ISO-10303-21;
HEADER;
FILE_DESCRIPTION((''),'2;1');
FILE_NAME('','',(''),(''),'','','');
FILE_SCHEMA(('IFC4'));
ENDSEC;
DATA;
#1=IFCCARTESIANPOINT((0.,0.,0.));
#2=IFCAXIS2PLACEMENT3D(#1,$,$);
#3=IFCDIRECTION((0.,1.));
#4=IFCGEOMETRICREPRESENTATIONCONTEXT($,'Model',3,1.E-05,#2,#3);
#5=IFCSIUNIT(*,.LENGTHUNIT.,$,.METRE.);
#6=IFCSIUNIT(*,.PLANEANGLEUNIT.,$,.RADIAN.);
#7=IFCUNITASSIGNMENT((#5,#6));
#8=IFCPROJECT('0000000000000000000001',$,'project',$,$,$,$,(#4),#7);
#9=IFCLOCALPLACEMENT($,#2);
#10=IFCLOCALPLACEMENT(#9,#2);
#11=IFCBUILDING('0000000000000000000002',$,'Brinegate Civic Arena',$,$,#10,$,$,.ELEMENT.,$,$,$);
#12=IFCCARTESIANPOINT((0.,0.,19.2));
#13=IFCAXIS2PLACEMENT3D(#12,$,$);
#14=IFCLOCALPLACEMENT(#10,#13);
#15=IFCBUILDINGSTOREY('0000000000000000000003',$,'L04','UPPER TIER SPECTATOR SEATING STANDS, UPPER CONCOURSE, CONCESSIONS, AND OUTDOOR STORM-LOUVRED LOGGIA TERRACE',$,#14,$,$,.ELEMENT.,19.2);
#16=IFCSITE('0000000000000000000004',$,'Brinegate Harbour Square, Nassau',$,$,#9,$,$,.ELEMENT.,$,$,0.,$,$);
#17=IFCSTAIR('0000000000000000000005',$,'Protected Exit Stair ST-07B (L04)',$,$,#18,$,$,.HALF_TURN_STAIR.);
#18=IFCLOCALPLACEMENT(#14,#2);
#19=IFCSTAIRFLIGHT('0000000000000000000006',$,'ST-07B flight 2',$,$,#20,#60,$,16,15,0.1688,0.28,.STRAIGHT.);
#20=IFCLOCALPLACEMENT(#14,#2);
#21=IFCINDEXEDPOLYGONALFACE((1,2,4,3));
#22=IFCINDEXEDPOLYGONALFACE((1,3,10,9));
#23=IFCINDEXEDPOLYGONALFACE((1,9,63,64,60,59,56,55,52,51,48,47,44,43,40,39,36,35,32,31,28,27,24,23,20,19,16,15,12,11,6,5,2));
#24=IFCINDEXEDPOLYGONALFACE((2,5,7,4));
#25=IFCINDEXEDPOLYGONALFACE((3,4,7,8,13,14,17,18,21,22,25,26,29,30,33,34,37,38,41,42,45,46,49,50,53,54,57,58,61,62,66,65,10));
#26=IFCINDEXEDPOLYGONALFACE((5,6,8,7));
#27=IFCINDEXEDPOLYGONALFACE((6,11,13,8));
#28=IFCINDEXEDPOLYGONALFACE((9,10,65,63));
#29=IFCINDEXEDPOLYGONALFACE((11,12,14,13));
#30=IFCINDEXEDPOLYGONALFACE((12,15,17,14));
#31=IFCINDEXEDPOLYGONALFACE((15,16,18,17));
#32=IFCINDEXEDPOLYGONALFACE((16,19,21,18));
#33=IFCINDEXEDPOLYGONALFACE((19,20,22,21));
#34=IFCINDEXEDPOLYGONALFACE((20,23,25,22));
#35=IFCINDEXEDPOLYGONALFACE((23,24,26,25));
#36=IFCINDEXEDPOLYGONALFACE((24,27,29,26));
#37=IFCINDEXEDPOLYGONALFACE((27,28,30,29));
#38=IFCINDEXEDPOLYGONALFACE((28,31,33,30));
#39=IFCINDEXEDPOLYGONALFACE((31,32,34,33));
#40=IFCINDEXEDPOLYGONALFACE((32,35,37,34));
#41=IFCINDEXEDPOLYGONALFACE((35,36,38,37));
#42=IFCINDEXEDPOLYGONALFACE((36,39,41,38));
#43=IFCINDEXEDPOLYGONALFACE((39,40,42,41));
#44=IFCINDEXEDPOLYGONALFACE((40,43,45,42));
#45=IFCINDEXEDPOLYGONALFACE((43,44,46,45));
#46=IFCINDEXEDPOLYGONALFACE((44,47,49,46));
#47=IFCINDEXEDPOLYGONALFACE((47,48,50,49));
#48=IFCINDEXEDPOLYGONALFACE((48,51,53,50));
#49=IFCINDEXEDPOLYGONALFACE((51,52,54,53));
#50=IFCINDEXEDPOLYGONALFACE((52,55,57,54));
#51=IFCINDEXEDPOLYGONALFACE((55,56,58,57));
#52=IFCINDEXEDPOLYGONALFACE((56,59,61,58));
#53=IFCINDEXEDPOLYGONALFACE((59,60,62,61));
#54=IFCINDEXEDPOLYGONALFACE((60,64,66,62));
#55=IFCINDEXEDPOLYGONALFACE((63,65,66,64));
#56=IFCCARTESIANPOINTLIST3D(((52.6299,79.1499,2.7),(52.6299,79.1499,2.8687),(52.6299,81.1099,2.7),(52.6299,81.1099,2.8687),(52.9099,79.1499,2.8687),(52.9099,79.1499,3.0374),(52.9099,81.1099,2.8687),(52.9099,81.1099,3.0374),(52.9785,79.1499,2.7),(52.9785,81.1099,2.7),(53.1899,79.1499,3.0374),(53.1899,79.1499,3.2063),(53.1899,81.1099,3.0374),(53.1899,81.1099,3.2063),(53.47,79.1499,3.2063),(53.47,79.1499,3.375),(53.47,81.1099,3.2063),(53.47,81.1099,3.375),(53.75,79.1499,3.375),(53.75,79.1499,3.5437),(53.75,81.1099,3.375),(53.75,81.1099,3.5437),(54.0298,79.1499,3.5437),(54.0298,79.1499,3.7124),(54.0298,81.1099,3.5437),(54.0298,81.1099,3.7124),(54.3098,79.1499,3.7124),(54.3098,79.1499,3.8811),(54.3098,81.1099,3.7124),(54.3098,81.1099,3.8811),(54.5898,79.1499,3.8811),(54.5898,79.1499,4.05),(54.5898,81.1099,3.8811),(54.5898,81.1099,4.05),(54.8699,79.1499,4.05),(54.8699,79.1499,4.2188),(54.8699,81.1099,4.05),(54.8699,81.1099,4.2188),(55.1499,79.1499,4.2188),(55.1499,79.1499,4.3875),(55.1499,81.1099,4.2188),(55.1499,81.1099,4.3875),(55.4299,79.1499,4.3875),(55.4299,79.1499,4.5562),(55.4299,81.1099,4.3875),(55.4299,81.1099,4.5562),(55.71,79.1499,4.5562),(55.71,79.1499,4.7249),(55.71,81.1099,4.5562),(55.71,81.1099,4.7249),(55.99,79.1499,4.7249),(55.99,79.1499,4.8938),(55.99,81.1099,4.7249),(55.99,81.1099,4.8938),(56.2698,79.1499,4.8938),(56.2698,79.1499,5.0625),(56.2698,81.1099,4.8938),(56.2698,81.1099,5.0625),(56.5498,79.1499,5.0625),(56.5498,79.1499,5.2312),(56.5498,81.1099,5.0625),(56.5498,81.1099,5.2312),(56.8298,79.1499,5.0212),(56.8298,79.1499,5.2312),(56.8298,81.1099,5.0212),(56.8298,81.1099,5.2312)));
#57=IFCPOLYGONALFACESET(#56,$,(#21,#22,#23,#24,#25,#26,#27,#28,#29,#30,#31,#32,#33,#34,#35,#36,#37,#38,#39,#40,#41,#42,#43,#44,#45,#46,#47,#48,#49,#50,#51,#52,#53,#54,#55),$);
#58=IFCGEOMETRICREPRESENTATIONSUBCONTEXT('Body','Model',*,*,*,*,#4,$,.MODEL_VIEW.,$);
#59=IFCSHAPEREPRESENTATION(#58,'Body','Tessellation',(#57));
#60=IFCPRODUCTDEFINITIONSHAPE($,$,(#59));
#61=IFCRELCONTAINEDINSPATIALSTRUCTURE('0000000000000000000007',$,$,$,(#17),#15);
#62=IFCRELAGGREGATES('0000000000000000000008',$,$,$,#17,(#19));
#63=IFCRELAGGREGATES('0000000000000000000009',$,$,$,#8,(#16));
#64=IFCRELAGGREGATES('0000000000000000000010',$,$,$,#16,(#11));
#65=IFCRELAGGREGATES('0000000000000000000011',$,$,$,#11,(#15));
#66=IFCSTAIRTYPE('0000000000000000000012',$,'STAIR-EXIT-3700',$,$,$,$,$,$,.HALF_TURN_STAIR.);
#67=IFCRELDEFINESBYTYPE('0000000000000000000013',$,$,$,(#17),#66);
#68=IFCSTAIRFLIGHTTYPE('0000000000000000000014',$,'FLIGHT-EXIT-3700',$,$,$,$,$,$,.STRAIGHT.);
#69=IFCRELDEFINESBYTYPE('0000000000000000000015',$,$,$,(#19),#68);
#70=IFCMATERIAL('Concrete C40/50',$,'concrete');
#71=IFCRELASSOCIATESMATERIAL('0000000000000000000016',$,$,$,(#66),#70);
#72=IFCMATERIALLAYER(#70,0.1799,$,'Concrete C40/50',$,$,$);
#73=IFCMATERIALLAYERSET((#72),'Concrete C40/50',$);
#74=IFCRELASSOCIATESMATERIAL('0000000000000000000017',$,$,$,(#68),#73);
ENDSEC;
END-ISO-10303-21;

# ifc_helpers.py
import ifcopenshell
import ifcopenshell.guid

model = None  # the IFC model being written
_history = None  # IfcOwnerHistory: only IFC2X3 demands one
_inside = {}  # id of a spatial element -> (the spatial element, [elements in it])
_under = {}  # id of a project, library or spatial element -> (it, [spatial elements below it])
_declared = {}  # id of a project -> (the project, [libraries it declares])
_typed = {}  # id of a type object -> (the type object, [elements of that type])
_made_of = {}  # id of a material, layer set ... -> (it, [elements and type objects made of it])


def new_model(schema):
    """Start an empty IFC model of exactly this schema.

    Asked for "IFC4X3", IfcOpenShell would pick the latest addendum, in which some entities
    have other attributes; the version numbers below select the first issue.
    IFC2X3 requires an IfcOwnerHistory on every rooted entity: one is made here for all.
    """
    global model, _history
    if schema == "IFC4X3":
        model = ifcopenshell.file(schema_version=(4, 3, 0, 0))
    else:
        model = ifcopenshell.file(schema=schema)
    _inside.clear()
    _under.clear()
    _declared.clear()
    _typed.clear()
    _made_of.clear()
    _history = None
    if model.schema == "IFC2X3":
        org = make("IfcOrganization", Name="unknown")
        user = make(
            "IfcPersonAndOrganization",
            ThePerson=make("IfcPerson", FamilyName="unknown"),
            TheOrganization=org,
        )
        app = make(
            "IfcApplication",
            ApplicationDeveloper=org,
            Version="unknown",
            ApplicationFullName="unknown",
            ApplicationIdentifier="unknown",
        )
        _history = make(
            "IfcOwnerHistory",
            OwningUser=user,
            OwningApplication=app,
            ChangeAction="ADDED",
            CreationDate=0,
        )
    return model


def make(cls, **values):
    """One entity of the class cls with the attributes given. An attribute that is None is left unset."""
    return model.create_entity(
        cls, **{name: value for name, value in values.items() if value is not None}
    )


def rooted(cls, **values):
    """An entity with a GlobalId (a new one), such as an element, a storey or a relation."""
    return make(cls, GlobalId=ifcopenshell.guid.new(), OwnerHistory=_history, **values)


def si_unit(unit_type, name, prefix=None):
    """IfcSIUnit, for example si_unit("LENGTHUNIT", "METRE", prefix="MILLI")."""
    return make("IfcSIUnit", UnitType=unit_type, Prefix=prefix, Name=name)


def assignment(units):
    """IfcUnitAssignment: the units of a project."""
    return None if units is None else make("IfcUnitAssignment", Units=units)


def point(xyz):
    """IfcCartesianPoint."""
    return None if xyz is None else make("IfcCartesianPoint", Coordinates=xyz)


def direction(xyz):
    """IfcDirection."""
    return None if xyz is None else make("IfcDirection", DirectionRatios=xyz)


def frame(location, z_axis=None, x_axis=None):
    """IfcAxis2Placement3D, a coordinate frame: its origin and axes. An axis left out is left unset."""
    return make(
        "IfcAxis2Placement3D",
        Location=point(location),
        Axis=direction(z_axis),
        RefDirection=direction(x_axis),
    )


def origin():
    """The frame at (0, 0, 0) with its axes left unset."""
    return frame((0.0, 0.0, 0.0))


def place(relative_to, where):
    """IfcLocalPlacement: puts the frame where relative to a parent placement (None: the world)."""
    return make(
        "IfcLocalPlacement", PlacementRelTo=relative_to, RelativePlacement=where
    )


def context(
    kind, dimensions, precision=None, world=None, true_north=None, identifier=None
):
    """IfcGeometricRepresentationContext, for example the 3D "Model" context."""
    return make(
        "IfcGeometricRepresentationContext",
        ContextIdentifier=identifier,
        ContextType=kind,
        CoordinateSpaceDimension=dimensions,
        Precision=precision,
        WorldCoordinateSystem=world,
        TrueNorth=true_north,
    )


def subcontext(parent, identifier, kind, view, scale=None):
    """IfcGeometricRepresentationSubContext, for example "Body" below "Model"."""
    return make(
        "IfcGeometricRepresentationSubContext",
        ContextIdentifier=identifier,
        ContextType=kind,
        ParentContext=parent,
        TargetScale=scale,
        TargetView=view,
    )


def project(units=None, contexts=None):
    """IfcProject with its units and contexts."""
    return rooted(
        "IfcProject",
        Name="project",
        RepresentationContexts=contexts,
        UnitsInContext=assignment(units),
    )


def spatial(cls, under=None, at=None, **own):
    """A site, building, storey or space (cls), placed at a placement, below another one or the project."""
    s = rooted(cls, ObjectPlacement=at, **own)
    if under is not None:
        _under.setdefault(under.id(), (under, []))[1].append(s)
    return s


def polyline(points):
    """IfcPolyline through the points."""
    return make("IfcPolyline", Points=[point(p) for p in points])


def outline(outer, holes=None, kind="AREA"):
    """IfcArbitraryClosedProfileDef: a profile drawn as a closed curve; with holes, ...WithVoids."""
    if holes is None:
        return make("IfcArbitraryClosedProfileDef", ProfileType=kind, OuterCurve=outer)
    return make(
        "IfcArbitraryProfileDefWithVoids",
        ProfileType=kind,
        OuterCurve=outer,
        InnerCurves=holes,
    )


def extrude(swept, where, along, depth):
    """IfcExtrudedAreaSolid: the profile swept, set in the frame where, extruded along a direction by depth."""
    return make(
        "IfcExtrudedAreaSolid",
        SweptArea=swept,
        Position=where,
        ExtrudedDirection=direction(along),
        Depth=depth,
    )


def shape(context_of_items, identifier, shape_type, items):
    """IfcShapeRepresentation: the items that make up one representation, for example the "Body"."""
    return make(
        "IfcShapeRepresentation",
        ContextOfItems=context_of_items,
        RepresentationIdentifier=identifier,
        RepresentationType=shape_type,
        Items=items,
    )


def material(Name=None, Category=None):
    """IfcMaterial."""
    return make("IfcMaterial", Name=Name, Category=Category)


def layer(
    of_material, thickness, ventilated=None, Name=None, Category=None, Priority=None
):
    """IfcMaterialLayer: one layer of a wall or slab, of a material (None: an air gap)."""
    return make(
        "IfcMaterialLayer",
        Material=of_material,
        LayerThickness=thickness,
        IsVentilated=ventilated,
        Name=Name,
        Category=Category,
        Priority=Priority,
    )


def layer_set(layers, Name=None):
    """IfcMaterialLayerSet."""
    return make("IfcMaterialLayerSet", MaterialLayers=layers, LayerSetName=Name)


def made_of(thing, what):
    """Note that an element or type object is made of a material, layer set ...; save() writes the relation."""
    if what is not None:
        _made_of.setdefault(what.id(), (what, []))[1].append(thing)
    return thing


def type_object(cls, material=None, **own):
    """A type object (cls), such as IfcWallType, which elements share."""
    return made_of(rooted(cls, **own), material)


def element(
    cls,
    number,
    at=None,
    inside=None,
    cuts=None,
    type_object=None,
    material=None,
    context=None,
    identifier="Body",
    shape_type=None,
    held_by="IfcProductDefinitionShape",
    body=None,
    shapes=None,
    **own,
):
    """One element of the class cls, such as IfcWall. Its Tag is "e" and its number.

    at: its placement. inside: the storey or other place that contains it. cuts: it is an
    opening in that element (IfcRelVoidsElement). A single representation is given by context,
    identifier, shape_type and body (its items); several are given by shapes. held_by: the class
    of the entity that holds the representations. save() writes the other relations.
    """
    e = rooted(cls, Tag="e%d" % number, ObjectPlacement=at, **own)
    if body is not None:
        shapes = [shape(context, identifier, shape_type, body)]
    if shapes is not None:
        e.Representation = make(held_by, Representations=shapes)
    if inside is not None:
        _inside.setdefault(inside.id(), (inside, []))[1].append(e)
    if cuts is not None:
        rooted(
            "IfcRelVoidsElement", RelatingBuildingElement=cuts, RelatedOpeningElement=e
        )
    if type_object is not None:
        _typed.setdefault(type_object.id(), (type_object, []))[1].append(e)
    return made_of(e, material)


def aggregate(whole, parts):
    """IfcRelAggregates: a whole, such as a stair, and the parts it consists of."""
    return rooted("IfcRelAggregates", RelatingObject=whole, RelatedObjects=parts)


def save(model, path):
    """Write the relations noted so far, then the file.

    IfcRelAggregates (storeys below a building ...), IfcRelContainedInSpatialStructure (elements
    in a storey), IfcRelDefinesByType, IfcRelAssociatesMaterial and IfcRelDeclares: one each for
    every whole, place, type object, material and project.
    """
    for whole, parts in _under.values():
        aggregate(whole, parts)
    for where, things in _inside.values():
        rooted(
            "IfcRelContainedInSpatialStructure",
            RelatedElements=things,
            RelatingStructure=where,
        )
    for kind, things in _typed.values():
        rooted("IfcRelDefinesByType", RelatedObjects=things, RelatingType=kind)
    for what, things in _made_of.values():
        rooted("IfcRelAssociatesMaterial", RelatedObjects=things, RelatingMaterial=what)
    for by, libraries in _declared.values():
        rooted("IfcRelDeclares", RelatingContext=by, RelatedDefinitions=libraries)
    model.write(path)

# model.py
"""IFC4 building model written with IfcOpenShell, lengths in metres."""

from ifc_helpers import new_model, si_unit, direction, frame, origin, place, context, subcontext, project, spatial, polyline, outline, extrude, material, layer, layer_set, type_object, element, aggregate, save


model = new_model("IFC4")

# Units and contexts
model_context = context("Model", 3, precision=1e-05, world=origin(), true_north=direction((0.0, 1.0)))
body_context = subcontext(model_context, "Body", "Model", "MODEL_VIEW")
ifc_project = project(units=[si_unit("LENGTHUNIT", "METRE"), si_unit("PLANEANGLEUNIT", "RADIAN")], contexts=[model_context])

# Site, building, storey
site_placement = place(None, origin())
site = spatial("IfcSite", under=ifc_project, at=site_placement, Name="Brinegate Harbour Square, Nassau", CompositionType="ELEMENT", RefElevation=0.0)
building_placement = place(site_placement, origin())
building = spatial("IfcBuilding", under=site, at=building_placement, Name="Brinegate Civic Arena", CompositionType="ELEMENT")
storey_placement = place(building_placement, frame((0.0, 0.0, 19.2)))
storey = spatial("IfcBuildingStorey", under=building, at=storey_placement, Name="L04", Description="UPPER TIER SPECTATOR SEATING STANDS, UPPER CONCOURSE, CONCESSIONS, AND OUTDOOR STORM-LOUVRED LOGGIA TERRACE", CompositionType="ELEMENT", Elevation=19.2)

# Stair, stair flight
ifc_material_1 = material(Name="Concrete C40/50", Category="concrete")
stair_type = type_object("IfcStairType", Name="STAIR-EXIT-3700", PredefinedType="HALF_TURN_STAIR", material=ifc_material_1)
stair_placement = place(storey_placement, origin())
stair = element("IfcStair", 1, at=stair_placement, inside=storey, type_object=stair_type, Name="Protected Exit Stair ST-07B (L04)", PredefinedType="HALF_TURN_STAIR")
ifc_layer_1 = layer(ifc_material_1, 0.1799, Name="Concrete C40/50")
ifc_layer_set_1 = layer_set([ifc_layer_1], Name="Concrete C40/50")
stair_flight_type = type_object("IfcStairFlightType", Name="FLIGHT-EXIT-3700", PredefinedType="STRAIGHT", material=ifc_layer_set_1)
stair_flight_placement = place(storey_placement, frame((52.6299, 80.1299, 2.7), z_axis=(0.0, 0.0, 1.0), x_axis=(1.0, 0.0, 0.0)))
stair_flight = element("IfcStairFlight", 2, at=stair_flight_placement, type_object=stair_flight_type, Name="ST-07B flight 2", NumberOfRisers=16, NumberOfTreads=15, PredefinedType="STRAIGHT", RiserHeight=0.1688, TreadLength=0.28, context=body_context, shape_type="SweptSolid", body=[
    extrude(outline(polyline([(0.0, 0.0), (0.0, 0.1687), (0.28, 0.1687), (0.28, 0.3374), (0.5601, 0.3374), (0.5601, 0.5063), (0.8401, 0.5063), (0.8401, 0.675), (1.1201, 0.675), (1.1201, 0.8438), (1.3999, 0.8438), (1.3999, 1.0125), (1.6799, 1.0125), (1.6799, 1.1812), (1.96, 1.1812), (1.96, 1.3501), (2.24, 1.3501), (2.24, 1.5188), (2.52, 1.5188), (2.52, 1.6875), (2.8, 1.6875), (2.8, 1.8562), (3.0801, 1.8562), (3.0801, 2.0249), (3.3601, 2.0249), (3.3601, 2.1938), (3.6399, 2.1938), (3.6399, 2.3625), (3.9199, 2.3625), (3.9199, 2.5312), (4.2, 2.5312), (4.2, 2.7), (4.2, 2.3213), (0.3486, 0.0), (0.0, 0.0)])), frame((0.0, 0.98, 0.0), z_axis=(0.0, -1.0, 0.0), x_axis=(1.0, 0.0, 0.0)), (0.0, 0.0, 1.0), 1.96),
])
aggregate(stair, [stair_flight])

save(model, "model.ifc")
